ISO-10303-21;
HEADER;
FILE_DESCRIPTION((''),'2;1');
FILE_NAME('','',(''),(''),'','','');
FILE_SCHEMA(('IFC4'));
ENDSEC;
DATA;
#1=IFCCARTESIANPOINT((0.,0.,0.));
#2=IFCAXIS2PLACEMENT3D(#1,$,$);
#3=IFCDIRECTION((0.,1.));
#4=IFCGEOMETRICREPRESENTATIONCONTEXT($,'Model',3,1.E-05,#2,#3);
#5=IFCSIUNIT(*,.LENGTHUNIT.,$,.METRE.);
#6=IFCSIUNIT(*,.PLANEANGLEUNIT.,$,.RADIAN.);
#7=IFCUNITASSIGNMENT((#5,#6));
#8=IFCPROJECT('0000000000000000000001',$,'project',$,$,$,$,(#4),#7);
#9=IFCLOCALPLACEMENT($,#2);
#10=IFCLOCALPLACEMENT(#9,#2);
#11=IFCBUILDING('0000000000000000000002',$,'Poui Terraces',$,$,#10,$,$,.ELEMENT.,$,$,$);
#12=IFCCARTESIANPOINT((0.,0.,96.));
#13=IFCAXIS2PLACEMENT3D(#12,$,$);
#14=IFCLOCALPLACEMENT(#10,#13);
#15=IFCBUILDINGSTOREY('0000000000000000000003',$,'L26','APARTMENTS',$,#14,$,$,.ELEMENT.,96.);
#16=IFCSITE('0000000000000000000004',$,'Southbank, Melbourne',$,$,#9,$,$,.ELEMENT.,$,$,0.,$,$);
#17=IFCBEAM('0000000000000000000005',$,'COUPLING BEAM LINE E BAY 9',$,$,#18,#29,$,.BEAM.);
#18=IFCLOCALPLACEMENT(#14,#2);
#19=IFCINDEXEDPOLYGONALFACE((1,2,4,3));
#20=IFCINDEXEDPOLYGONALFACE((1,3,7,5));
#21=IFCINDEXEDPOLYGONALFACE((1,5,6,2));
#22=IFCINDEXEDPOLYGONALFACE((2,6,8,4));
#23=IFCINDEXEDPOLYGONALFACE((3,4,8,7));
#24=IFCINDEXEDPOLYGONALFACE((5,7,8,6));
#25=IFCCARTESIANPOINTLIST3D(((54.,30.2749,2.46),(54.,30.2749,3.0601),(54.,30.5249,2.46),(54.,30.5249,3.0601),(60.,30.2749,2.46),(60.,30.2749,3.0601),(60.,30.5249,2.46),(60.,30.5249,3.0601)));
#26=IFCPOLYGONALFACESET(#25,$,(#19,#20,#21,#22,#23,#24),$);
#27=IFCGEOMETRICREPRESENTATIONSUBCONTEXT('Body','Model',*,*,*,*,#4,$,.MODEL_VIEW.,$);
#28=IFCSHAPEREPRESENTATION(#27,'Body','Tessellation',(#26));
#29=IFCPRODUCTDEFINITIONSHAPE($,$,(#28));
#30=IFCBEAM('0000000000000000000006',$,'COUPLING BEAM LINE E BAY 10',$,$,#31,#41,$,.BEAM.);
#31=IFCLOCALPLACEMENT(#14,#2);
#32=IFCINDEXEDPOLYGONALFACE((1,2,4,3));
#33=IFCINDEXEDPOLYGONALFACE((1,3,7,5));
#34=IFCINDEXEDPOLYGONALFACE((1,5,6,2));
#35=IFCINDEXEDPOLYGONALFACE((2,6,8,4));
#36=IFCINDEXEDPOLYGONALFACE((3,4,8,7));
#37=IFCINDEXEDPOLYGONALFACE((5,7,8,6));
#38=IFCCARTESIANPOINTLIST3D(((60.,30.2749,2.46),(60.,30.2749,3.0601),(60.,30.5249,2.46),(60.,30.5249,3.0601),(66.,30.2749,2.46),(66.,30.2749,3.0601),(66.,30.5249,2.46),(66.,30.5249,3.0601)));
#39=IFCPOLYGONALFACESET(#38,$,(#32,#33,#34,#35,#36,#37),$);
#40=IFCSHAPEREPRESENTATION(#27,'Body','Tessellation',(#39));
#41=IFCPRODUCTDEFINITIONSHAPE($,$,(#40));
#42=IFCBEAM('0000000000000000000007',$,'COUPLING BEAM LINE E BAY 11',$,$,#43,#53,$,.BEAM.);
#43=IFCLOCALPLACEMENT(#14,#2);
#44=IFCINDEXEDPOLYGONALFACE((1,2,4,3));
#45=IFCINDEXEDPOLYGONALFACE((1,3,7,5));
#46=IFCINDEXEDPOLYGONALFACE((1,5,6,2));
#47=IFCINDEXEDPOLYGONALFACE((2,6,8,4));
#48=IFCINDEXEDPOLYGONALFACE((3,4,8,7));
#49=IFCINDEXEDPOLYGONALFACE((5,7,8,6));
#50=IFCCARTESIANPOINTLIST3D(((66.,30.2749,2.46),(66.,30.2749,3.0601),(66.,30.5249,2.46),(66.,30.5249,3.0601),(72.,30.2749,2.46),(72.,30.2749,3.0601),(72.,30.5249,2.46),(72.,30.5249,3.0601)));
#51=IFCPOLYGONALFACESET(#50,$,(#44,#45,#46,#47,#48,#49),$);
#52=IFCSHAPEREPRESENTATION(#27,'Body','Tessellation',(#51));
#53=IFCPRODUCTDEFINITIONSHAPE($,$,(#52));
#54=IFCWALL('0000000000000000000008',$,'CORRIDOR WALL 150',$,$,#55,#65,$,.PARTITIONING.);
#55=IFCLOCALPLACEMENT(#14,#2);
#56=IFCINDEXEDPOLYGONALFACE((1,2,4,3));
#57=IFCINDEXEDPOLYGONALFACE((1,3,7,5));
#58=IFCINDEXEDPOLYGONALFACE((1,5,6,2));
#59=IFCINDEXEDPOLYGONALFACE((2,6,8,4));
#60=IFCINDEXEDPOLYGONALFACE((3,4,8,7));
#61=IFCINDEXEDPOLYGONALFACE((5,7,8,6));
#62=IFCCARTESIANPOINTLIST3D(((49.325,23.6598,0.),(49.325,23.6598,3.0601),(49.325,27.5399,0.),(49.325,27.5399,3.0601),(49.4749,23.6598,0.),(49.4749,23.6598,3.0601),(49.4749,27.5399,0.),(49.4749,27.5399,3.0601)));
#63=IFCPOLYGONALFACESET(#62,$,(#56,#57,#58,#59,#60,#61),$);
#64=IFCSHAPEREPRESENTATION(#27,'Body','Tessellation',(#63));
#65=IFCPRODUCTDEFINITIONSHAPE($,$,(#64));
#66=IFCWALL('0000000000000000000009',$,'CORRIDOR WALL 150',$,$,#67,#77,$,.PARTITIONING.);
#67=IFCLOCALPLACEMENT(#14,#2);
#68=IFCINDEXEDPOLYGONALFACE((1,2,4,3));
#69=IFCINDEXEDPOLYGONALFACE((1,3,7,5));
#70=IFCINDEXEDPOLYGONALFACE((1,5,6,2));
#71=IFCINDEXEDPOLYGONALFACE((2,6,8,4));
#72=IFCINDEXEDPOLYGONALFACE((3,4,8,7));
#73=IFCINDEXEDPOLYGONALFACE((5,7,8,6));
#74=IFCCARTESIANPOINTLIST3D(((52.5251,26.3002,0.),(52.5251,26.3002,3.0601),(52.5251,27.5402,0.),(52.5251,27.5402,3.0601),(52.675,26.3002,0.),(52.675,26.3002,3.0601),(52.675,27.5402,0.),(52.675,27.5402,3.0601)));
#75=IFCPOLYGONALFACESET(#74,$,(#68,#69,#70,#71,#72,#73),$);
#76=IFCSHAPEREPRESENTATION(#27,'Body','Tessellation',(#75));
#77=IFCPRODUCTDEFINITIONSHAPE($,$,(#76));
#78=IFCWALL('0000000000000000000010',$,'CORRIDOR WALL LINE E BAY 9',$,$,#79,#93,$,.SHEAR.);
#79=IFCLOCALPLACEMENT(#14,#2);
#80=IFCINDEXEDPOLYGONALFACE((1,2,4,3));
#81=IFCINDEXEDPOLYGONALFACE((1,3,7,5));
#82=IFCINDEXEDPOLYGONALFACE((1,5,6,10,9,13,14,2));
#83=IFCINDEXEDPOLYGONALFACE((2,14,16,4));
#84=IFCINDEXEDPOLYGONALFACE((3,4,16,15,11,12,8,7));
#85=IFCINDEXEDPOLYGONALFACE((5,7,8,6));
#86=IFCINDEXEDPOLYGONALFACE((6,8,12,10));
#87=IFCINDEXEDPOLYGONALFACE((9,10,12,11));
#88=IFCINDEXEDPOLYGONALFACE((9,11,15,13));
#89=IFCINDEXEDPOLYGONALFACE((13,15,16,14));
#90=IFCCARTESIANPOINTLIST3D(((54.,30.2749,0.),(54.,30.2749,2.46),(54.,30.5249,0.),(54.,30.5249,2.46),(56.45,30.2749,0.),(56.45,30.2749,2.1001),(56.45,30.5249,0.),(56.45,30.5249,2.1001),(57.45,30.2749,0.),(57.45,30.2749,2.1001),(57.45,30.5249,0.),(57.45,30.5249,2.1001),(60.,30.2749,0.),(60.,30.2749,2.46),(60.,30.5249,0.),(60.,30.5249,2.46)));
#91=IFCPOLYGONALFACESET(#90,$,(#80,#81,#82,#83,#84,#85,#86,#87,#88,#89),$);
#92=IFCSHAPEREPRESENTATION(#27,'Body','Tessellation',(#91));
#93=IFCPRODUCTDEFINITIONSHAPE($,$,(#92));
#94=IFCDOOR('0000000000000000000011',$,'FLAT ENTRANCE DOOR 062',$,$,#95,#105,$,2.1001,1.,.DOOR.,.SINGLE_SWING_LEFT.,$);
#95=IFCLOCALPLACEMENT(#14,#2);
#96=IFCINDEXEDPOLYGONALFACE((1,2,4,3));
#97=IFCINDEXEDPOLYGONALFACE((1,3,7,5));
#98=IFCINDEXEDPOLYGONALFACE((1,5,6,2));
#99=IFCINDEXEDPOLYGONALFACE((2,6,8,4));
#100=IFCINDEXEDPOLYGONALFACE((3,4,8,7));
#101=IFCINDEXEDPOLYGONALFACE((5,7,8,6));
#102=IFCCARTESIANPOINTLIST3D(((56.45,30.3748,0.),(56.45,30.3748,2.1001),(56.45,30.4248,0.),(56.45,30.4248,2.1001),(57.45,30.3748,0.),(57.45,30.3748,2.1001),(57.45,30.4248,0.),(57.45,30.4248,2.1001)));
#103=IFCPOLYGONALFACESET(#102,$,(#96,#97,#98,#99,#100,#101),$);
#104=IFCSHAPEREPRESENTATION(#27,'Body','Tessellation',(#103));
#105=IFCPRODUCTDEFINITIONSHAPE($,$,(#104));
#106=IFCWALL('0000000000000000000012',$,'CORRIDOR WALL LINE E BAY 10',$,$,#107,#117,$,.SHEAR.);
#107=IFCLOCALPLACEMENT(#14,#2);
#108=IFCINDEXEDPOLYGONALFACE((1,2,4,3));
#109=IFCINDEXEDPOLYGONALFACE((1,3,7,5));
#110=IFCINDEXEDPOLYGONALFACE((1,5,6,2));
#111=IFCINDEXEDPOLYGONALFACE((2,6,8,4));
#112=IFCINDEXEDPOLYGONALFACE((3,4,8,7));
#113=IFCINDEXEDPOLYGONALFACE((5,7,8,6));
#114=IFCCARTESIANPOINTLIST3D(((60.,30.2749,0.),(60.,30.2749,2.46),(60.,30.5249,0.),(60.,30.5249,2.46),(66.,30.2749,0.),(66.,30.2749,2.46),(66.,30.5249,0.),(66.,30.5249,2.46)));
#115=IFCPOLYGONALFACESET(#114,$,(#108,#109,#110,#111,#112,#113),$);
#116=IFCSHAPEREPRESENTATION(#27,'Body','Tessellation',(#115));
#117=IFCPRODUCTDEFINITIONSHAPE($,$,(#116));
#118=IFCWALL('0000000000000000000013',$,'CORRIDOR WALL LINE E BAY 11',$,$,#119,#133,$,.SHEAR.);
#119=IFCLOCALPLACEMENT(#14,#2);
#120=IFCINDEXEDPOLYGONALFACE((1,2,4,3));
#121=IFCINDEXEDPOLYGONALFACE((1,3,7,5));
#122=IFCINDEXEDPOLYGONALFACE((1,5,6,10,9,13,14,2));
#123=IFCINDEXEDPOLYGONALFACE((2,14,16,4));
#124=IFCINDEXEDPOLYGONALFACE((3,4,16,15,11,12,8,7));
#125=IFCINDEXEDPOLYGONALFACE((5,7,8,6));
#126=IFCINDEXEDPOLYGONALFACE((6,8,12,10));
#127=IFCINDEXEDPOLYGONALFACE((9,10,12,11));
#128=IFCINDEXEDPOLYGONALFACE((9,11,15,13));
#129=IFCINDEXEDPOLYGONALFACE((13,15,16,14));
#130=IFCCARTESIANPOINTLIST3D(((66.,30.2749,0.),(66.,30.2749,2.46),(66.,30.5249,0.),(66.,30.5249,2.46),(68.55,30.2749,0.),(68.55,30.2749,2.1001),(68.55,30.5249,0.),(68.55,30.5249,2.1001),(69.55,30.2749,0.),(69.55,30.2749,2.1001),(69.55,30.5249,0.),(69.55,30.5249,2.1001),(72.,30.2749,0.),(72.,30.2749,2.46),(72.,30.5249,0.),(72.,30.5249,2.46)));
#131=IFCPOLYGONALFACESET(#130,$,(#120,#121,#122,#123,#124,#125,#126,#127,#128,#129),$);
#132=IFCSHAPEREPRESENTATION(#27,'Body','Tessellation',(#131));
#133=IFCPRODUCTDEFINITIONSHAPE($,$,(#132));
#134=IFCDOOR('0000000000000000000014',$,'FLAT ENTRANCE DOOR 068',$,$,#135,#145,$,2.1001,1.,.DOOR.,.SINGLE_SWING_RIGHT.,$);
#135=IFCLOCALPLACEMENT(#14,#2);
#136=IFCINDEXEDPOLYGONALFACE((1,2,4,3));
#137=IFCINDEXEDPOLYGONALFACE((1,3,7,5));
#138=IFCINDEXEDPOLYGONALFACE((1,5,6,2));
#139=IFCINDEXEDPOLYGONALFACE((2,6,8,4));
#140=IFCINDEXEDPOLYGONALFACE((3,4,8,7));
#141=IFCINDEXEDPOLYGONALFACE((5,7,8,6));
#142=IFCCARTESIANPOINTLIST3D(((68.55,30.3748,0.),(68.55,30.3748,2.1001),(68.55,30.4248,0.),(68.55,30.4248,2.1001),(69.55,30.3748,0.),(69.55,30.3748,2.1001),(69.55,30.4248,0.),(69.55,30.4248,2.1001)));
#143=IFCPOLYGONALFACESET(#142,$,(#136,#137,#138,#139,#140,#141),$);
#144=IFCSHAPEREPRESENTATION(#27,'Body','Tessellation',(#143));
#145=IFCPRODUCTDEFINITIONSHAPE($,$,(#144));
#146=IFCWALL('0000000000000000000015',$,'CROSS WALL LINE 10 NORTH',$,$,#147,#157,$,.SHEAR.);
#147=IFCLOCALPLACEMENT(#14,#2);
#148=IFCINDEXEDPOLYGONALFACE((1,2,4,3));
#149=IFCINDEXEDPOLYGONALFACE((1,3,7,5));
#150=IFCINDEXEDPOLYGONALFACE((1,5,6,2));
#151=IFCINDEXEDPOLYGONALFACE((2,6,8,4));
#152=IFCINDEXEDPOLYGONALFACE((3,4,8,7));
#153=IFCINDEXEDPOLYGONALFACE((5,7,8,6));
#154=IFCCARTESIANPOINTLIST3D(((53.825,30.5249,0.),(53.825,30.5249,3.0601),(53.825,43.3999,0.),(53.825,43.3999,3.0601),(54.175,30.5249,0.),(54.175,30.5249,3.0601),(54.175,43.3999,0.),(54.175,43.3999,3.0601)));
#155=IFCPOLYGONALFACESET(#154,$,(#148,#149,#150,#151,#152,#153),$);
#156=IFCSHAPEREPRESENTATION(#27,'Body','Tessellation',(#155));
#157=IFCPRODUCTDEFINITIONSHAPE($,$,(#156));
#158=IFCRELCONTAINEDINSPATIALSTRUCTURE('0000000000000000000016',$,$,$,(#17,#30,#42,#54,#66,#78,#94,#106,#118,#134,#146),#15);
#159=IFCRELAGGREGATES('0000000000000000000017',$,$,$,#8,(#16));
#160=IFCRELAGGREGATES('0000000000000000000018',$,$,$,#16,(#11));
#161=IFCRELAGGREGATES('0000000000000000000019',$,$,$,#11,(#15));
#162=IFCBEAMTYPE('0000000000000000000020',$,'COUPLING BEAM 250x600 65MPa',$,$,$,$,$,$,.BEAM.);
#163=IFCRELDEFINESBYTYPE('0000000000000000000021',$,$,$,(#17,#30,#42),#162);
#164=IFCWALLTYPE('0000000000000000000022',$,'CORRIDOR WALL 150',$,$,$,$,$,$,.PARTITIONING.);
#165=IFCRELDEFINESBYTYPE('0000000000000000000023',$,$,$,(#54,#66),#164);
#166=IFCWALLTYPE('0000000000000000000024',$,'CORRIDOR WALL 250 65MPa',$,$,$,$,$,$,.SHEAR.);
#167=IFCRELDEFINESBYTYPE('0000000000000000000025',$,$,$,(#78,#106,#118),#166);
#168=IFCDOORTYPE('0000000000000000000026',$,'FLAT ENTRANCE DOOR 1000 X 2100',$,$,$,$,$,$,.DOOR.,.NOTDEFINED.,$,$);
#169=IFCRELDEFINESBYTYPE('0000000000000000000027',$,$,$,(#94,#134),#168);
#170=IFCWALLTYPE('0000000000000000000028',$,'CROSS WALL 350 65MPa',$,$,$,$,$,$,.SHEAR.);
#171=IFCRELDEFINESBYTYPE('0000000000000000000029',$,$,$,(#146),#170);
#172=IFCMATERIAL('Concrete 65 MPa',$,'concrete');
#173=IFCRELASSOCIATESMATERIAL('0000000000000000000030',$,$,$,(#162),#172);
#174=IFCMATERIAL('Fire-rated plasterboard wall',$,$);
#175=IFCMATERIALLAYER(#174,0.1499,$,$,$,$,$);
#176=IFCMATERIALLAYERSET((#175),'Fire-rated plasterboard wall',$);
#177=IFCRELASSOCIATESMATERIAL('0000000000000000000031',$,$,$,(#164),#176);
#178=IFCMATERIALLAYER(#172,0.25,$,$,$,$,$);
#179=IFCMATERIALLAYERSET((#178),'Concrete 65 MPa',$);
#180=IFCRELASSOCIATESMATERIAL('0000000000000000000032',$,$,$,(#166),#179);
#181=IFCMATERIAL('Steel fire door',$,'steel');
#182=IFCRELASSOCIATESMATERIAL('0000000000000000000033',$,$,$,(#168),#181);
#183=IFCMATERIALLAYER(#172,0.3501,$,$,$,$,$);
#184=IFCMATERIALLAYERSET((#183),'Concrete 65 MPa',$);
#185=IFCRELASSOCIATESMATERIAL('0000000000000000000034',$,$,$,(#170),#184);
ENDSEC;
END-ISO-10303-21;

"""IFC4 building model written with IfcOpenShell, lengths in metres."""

from ifc_helpers import new_model, si_unit, direction, frame, frame_2d, origin, origin_2d, place, context, subcontext, project, spatial, rectangle, extrude, source, transform, mapped, material, layer, layer_set, material_profile, profile_set, type_object, element, fill, save


model = new_model("IFC4")

# Units and contexts
model_context = context("Model", 3, precision=1e-05, world=origin(), true_north=direction((0.0, 1.0)))
body_context = subcontext(model_context, "Body", "Model", "MODEL_VIEW")
ifc_project = project(units=[si_unit("LENGTHUNIT", "METRE"), si_unit("PLANEANGLEUNIT", "RADIAN")], contexts=[model_context])

# Site, building, storey
site_placement = place(None, origin())
site = spatial("IfcSite", under=ifc_project, at=site_placement, Name="Southbank, Melbourne", CompositionType="ELEMENT", RefElevation=0.0)
building_placement = place(site_placement, origin())
building = spatial("IfcBuilding", under=site, at=building_placement, Name="Poui Terraces", CompositionType="ELEMENT")
storey_placement = place(building_placement, frame((0.0, 0.0, 96.0)))
storey = spatial("IfcBuildingStorey", under=building, at=storey_placement, Name="L26", Description="APARTMENTS", CompositionType="ELEMENT", Elevation=96.0)

# Beams
ifc_material_1 = material(Name="Concrete 65 MPa", Category="concrete")
ifc_material_profile = material_profile(ifc_material_1, rectangle(XDim=0.25, YDim=0.6001, at=origin_2d()), Name="RC 250x600")
ifc_profile_set = profile_set([ifc_material_profile], Name="Concrete 65 MPa")
beam_type = type_object("IfcBeamType", Name="COUPLING BEAM 250x600 65MPa", PredefinedType="BEAM", material=ifc_profile_set)
shared_shape = source(origin(), body_context, "Body", "SweptSolid", [
    extrude(rectangle(XDim=0.25, YDim=0.6001, at=origin_2d()), origin(), (0.0, 0.0, 1.0), 6.0),
])
for number, where, z_axis, x_axis, name in (
    (1, (54.0, 30.3999, 2.76), (1.0, 0.0, 0.0), (0.0, 1.0, 0.0), "COUPLING BEAM LINE E BAY 9"),
    (2, (60.0, 30.3999, 2.76), (1.0, 0.0, 0.0), (0.0, 1.0, 0.0), "COUPLING BEAM LINE E BAY 10"),
    (3, (66.0, 30.3999, 2.76), (1.0, 0.0, 0.0), (0.0, 1.0, 0.0), "COUPLING BEAM LINE E BAY 11"),
):
    element("IfcBeam", number, at=place(storey_placement, frame(where, z_axis=z_axis, x_axis=x_axis)), inside=storey, type_object=beam_type, Name=name, PredefinedType="BEAM", context=body_context, shape_type="MappedRepresentation", body=[
        mapped(shared_shape, transform((0.0, 0.0, 0.0))),
    ])

# Walls
ifc_material_2 = material(Name="Fire-rated plasterboard wall")
ifc_layer_1 = layer(ifc_material_2, 0.1499)
ifc_layer_set_1 = layer_set([ifc_layer_1], Name="Fire-rated plasterboard wall")
wall_type_1 = type_object("IfcWallType", Name="CORRIDOR WALL 150", PredefinedType="PARTITIONING", material=ifc_layer_set_1)
wall_1_placement = place(storey_placement, frame((49.3999, 23.6599, 0.0), z_axis=(0.0, 0.0, 1.0), x_axis=(0.0, 1.0, 0.0)))
element("IfcWall", 4, at=wall_1_placement, inside=storey, type_object=wall_type_1, Name="CORRIDOR WALL 150", PredefinedType="PARTITIONING", context=body_context, shape_type="SweptSolid", body=[
    extrude(rectangle(XDim=3.8801, YDim=0.1499, at=frame_2d((1.9399, 0.0))), origin(), (0.0, 0.0, 1.0), 3.0601),
])
wall_2_placement = place(storey_placement, frame((52.6001, 26.3, 0.0), z_axis=(0.0, 0.0, 1.0), x_axis=(0.0, 1.0, 0.0)))
element("IfcWall", 5, at=wall_2_placement, inside=storey, type_object=wall_type_1, Name="CORRIDOR WALL 150", PredefinedType="PARTITIONING", context=body_context, shape_type="SweptSolid", body=[
    extrude(rectangle(XDim=1.24, YDim=0.1499, at=frame_2d((0.6201, 0.0))), origin(), (0.0, 0.0, 1.0), 3.0601),
])

# Wall, opening, door
ifc_layer_2 = layer(ifc_material_1, 0.25)
ifc_layer_set_2 = layer_set([ifc_layer_2], Name="Concrete 65 MPa")
wall_type_2 = type_object("IfcWallType", Name="CORRIDOR WALL 250 65MPa", PredefinedType="SHEAR", material=ifc_layer_set_2)
wall_3_placement = place(storey_placement, frame((54.0, 30.3999, 0.0), z_axis=(0.0, 0.0, 1.0), x_axis=(1.0, 0.0, 0.0)))
wall_3 = element("IfcWall", 6, at=wall_3_placement, inside=storey, type_object=wall_type_2, Name="CORRIDOR WALL LINE E BAY 9", PredefinedType="SHEAR", context=body_context, shape_type="SweptSolid", body=[
    extrude(rectangle(XDim=6.0, YDim=0.25, at=frame_2d((3.0, 0.0))), origin(), (0.0, 0.0, 1.0), 2.46),
])
opening_1_placement = place(wall_3_placement, frame((2.45, 0.0, 0.0)))
opening_1 = element("IfcOpeningElement", 7, at=opening_1_placement, cuts=wall_3, PredefinedType="OPENING", context=body_context, shape_type="SweptSolid", body=[
    extrude(rectangle(XDim=1.0, YDim=2.1001, at=frame_2d((0.5, 1.05))), frame((0.0, 0.135, 0.0), z_axis=(0.0, -1.0, 0.0), x_axis=(1.0, 0.0, 0.0)), (0.0, 0.0, 1.0), 0.27),
])
ifc_material_3 = material(Name="Steel fire door", Category="steel")
door_type_1 = type_object("IfcDoorType", Name="FLAT ENTRANCE DOOR 1000 X 2100", OperationType="NOTDEFINED", PredefinedType="DOOR", material=ifc_material_3)
door_1_placement = place(opening_1_placement, origin())
door_1 = element("IfcDoor", 8, at=door_1_placement, inside=storey, type_object=door_type_1, Name="FLAT ENTRANCE DOOR 062", OperationType="SINGLE_SWING_LEFT", OverallHeight=2.1001, OverallWidth=1.0, PredefinedType="DOOR", context=body_context, shape_type="SweptSolid", body=[
    extrude(rectangle(XDim=1.0, YDim=2.1001, at=frame_2d((0.5, 1.05))), frame((0.0, 0.0249, 0.0), z_axis=(0.0, -1.0, 0.0), x_axis=(1.0, 0.0, 0.0)), (0.0, 0.0, 1.0), 0.05),
])
fill(opening_1, door_1)

# Wall
wall_4_placement = place(storey_placement, frame((60.0, 30.3999, 0.0), z_axis=(0.0, 0.0, 1.0), x_axis=(1.0, 0.0, 0.0)))
element("IfcWall", 9, at=wall_4_placement, inside=storey, type_object=wall_type_2, Name="CORRIDOR WALL LINE E BAY 10", PredefinedType="SHEAR", context=body_context, shape_type="SweptSolid", body=[
    extrude(rectangle(XDim=6.0, YDim=0.25, at=frame_2d((3.0, 0.0))), origin(), (0.0, 0.0, 1.0), 2.46),
])

# Wall, opening, door
wall_5_placement = place(storey_placement, frame((66.0, 30.3999, 0.0), z_axis=(0.0, 0.0, 1.0), x_axis=(1.0, 0.0, 0.0)))
wall_5 = element("IfcWall", 10, at=wall_5_placement, inside=storey, type_object=wall_type_2, Name="CORRIDOR WALL LINE E BAY 11", PredefinedType="SHEAR", context=body_context, shape_type="SweptSolid", body=[
    extrude(rectangle(XDim=6.0, YDim=0.25, at=frame_2d((3.0, 0.0))), origin(), (0.0, 0.0, 1.0), 2.46),
])
opening_2_placement = place(wall_5_placement, frame((2.55, 0.0, 0.0)))
opening_2 = element("IfcOpeningElement", 11, at=opening_2_placement, cuts=wall_5, PredefinedType="OPENING", context=body_context, shape_type="SweptSolid", body=[
    extrude(rectangle(XDim=1.0, YDim=2.1001, at=frame_2d((0.5, 1.05))), frame((0.0, 0.135, 0.0), z_axis=(0.0, -1.0, 0.0), x_axis=(1.0, 0.0, 0.0)), (0.0, 0.0, 1.0), 0.27),
])
door_2_placement = place(opening_2_placement, origin())
door_2 = element("IfcDoor", 12, at=door_2_placement, inside=storey, type_object=door_type_1, Name="FLAT ENTRANCE DOOR 068", OperationType="SINGLE_SWING_RIGHT", OverallHeight=2.1001, OverallWidth=1.0, PredefinedType="DOOR", context=body_context, shape_type="SweptSolid", body=[
    extrude(rectangle(XDim=1.0, YDim=2.1001, at=frame_2d((0.5, 1.05))), frame((0.0, 0.0249, 0.0), z_axis=(0.0, -1.0, 0.0), x_axis=(1.0, 0.0, 0.0)), (0.0, 0.0, 1.0), 0.05),
])
fill(opening_2, door_2)

# Wall
ifc_layer_3 = layer(ifc_material_1, 0.3501)
ifc_layer_set_3 = layer_set([ifc_layer_3], Name="Concrete 65 MPa")
wall_type_3 = type_object("IfcWallType", Name="CROSS WALL 350 65MPa", PredefinedType="SHEAR", material=ifc_layer_set_3)
wall_6_placement = place(storey_placement, frame((54.0, 30.5249, 0.0), z_axis=(0.0, 0.0, 1.0), x_axis=(0.0, 1.0, 0.0)))
element("IfcWall", 13, at=wall_6_placement, inside=storey, type_object=wall_type_3, Name="CROSS WALL LINE 10 NORTH", PredefinedType="SHEAR", context=body_context, shape_type="SweptSolid", body=[
    extrude(rectangle(XDim=12.875, YDim=0.3501, at=frame_2d((6.4375, 0.0))), origin(), (0.0, 0.0, 1.0), 3.0601),
])

save(model, "model.ifc")
